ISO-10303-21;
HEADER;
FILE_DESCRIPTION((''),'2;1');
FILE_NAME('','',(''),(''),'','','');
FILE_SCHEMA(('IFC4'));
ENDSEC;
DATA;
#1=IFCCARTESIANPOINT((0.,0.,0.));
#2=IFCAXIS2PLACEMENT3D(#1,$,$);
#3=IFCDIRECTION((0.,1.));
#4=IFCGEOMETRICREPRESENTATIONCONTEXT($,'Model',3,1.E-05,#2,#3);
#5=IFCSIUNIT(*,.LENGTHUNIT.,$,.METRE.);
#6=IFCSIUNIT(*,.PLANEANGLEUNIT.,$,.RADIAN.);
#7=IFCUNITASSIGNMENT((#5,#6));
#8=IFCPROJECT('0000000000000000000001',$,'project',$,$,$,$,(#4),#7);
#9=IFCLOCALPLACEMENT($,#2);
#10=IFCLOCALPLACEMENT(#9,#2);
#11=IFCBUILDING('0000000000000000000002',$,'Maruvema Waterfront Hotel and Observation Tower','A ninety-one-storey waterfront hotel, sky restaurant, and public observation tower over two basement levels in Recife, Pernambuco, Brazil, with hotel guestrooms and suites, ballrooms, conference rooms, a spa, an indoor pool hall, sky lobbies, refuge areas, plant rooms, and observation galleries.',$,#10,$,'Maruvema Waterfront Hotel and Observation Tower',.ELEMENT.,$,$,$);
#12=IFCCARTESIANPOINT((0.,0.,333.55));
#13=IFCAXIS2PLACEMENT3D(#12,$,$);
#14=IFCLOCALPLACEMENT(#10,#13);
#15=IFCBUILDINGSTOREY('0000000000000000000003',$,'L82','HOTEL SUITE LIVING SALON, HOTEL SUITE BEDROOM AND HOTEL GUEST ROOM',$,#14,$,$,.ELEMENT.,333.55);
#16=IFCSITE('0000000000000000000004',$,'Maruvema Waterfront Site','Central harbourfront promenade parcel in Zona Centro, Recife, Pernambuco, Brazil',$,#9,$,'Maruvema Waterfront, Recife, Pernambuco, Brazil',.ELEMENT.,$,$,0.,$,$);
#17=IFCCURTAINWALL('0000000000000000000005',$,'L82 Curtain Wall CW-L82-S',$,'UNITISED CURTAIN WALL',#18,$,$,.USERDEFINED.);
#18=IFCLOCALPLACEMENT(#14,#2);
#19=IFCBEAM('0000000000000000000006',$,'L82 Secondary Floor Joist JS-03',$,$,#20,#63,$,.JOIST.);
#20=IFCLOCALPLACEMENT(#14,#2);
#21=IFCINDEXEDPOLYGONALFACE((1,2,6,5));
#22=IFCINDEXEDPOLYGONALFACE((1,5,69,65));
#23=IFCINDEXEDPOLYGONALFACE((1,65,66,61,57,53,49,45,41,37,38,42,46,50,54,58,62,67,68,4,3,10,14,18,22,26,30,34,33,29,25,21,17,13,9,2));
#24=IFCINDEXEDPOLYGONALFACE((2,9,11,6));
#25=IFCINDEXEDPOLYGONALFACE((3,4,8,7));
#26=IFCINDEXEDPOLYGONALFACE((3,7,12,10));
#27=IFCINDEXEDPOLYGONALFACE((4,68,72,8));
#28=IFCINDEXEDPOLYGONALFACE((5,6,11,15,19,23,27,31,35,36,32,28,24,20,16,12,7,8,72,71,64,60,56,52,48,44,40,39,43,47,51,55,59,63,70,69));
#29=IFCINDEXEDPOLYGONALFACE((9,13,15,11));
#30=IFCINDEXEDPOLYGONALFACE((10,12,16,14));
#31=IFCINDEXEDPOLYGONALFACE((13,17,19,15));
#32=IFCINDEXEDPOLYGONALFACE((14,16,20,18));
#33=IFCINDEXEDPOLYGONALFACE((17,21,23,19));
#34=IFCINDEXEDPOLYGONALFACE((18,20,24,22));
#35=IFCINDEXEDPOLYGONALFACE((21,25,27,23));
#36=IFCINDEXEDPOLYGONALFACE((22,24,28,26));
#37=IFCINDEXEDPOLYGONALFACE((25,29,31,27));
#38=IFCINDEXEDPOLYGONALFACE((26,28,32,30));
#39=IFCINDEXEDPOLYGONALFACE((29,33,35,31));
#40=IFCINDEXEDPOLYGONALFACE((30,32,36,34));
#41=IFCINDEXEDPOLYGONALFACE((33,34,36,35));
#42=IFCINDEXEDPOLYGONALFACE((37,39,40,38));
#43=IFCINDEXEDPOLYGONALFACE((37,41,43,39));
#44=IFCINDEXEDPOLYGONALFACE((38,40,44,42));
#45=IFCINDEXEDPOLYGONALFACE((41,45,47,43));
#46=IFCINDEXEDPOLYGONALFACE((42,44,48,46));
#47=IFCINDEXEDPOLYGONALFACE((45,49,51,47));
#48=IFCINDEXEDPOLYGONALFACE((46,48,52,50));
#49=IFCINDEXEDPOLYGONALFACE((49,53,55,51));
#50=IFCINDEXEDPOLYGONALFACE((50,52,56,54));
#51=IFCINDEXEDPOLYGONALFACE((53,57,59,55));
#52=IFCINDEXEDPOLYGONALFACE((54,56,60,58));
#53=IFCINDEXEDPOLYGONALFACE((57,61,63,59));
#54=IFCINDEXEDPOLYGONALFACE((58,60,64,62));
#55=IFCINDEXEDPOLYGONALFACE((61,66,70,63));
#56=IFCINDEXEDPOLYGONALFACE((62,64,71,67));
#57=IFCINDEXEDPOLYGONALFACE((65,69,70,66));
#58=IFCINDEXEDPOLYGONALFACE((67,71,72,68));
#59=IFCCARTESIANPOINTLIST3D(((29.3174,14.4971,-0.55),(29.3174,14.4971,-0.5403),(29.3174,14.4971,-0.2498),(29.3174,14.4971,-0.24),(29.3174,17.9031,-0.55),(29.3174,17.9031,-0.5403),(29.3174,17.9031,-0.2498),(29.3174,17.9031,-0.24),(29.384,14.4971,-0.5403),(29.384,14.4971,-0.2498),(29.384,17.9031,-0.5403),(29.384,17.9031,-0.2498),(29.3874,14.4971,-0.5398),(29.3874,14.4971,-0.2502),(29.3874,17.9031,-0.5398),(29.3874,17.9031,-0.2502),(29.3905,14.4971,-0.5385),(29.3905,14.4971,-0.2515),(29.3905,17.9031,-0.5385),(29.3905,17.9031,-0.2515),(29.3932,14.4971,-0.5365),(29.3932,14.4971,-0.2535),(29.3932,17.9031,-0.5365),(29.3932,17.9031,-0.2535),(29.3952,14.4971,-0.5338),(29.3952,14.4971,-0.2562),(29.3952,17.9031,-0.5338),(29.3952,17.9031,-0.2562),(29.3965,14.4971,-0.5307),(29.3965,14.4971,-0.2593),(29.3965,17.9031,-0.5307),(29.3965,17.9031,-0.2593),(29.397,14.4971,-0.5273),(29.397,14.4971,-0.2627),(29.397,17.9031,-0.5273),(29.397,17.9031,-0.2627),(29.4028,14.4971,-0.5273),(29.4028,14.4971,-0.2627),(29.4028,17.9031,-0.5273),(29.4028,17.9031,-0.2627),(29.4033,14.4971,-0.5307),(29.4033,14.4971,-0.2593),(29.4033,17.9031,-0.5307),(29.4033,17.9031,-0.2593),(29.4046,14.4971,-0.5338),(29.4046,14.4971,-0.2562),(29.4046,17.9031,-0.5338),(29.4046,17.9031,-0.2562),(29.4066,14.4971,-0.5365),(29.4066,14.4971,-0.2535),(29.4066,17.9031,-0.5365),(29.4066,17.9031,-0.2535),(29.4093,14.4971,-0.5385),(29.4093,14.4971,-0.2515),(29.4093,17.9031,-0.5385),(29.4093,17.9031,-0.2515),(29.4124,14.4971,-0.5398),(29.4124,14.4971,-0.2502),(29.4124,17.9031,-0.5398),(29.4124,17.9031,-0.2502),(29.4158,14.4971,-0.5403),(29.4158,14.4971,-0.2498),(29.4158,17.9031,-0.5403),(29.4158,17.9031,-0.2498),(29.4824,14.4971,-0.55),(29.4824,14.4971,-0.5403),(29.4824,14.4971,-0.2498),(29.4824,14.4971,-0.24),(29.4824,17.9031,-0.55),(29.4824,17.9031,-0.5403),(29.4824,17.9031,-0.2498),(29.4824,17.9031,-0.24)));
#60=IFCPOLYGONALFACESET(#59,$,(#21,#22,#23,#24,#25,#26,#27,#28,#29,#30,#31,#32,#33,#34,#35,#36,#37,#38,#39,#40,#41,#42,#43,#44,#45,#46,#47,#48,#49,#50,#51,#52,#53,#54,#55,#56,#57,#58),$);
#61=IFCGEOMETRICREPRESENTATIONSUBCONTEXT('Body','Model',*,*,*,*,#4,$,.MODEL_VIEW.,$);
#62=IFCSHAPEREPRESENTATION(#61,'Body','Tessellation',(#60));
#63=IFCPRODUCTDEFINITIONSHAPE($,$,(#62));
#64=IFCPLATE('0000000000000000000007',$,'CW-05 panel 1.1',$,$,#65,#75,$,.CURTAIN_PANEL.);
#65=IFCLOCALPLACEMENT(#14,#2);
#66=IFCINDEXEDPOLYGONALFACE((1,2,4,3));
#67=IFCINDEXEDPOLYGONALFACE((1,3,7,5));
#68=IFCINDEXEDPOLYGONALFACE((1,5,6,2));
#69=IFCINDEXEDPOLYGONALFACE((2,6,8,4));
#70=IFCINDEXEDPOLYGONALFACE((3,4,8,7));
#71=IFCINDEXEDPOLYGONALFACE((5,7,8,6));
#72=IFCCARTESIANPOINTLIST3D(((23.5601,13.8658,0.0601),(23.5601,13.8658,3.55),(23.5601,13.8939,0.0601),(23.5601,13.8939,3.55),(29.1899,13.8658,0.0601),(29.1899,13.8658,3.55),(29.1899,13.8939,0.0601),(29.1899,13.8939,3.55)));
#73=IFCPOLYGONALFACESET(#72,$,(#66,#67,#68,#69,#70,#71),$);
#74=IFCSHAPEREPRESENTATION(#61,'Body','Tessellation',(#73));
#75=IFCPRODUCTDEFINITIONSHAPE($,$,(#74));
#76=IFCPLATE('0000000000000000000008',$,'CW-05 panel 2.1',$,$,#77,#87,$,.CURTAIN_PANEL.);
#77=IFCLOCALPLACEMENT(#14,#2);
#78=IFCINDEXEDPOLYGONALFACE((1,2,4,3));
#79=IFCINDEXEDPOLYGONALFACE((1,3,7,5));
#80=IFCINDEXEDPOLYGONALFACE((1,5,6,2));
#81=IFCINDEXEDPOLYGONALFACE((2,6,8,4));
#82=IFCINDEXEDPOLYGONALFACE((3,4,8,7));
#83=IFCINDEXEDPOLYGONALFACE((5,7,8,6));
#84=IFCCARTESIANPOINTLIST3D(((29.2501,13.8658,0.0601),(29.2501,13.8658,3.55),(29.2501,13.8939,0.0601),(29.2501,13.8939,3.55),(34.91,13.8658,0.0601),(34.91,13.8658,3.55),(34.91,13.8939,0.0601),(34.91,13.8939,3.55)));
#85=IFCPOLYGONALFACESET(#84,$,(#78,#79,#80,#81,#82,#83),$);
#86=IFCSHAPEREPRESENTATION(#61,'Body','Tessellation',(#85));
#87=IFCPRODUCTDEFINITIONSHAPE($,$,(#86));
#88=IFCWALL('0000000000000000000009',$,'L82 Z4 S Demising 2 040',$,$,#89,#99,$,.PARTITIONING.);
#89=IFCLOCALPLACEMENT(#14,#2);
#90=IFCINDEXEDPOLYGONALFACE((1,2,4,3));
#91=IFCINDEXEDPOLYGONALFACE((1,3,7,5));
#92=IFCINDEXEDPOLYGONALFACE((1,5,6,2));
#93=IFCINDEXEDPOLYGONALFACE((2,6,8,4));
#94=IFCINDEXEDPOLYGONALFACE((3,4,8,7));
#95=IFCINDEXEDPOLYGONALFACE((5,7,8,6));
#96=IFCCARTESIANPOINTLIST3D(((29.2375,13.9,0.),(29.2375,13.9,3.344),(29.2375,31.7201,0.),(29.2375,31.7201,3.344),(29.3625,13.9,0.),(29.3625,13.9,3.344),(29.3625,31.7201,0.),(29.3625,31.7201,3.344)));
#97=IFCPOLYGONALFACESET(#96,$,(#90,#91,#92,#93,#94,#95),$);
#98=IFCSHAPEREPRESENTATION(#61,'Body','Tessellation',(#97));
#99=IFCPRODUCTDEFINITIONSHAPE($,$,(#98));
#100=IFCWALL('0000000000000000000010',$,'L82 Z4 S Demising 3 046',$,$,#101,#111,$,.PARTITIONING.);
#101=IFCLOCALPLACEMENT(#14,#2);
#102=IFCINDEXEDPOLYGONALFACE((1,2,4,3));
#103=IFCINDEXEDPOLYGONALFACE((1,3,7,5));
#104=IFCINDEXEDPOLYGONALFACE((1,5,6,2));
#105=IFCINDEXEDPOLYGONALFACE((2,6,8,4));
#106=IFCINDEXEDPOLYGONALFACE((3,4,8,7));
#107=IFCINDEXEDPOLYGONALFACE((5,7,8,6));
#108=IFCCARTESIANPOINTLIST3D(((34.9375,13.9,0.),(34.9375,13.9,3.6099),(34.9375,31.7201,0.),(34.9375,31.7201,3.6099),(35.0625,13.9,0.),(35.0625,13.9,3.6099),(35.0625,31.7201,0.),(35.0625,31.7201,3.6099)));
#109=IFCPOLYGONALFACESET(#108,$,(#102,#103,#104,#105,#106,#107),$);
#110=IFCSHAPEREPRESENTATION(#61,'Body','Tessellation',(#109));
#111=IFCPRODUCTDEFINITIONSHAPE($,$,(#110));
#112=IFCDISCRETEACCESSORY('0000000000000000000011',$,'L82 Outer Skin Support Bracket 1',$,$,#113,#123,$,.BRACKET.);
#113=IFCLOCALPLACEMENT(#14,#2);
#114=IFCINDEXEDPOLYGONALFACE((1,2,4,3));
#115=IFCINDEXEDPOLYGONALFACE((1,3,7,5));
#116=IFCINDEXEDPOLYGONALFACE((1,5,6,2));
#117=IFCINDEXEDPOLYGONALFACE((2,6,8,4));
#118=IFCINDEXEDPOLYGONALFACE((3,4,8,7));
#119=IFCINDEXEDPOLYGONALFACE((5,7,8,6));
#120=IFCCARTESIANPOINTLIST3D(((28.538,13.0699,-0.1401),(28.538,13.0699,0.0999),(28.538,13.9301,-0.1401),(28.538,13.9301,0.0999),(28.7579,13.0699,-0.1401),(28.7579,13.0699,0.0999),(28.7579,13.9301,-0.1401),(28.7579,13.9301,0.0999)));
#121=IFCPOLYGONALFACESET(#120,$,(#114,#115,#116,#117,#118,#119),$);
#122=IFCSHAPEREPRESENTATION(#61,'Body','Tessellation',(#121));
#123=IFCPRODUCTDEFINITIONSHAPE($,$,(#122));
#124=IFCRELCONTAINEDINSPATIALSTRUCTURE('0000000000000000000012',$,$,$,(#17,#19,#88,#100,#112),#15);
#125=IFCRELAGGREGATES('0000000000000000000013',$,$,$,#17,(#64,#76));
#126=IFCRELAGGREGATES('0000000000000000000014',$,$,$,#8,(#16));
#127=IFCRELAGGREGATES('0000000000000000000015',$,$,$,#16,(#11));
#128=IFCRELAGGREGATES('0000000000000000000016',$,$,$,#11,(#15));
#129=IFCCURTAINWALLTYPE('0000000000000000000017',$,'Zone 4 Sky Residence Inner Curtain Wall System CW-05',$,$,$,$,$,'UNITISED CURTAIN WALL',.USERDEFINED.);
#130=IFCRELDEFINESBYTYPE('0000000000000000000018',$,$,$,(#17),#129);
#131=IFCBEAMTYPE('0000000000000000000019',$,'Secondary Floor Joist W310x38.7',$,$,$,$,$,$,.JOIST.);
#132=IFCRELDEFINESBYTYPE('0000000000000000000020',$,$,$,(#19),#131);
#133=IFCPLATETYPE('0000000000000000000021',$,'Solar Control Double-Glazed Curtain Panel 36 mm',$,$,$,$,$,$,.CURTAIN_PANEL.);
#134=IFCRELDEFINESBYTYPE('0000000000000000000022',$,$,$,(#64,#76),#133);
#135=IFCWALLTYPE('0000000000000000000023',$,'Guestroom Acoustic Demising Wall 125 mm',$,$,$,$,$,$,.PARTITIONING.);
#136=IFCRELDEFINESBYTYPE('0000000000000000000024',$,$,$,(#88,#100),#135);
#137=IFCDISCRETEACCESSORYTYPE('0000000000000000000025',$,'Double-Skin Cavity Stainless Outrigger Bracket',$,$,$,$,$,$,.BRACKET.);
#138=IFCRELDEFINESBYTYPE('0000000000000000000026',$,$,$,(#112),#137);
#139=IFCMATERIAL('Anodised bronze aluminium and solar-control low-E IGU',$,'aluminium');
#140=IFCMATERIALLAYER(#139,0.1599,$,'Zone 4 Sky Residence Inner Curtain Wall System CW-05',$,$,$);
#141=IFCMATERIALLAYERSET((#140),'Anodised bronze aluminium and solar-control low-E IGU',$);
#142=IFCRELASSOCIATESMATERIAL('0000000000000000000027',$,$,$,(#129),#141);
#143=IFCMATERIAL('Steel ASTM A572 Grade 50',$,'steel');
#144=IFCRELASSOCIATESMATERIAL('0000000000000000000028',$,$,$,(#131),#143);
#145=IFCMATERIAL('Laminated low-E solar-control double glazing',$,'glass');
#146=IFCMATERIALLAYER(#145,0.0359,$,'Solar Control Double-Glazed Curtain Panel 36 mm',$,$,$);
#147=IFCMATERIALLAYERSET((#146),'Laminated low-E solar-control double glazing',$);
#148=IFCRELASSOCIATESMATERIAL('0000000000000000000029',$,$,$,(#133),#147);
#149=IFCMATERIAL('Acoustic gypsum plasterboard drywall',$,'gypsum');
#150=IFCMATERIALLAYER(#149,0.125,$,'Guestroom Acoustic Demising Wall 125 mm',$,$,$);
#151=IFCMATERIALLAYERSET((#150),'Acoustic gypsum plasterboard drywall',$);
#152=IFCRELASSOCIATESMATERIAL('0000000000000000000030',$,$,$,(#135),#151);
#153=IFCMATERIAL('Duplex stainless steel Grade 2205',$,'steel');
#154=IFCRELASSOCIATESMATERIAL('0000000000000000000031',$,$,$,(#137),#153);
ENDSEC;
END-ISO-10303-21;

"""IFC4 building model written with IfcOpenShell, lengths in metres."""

from ifc_helpers import new_model, si_unit, direction, frame, frame_2d, origin, origin_2d, place, context, subcontext, project, spatial, rectangle, i_section, extrude, material, layer, layer_set, material_profile, profile_set, type_object, element, aggregate, save


model = new_model("IFC4")

# Units and contexts
model_context = context("Model", 3, precision=1e-05, world=origin(), true_north=direction((0.0, 1.0)))
body_context = subcontext(model_context, "Body", "Model", "MODEL_VIEW")
ifc_project = project(units=[si_unit("LENGTHUNIT", "METRE"), si_unit("PLANEANGLEUNIT", "RADIAN")], contexts=[model_context])

# Site, building, storey
site_placement = place(None, origin())
site = spatial("IfcSite", under=ifc_project, at=site_placement, Name="Maruvema Waterfront Site", Description="Central harbourfront promenade parcel in Zona Centro, Recife, Pernambuco, Brazil", LongName="Maruvema Waterfront, Recife, Pernambuco, Brazil", CompositionType="ELEMENT", RefElevation=0.0)
building_placement = place(site_placement, origin())
building = spatial("IfcBuilding", under=site, at=building_placement, Name="Maruvema Waterfront Hotel and Observation Tower", Description="A ninety-one-storey waterfront hotel, sky restaurant, and public observation tower over two basement levels in Recife, Pernambuco, Brazil, with hotel guestrooms and suites, ballrooms, conference rooms, a spa, an indoor pool hall, sky lobbies, refuge areas, plant rooms, and observation galleries.", LongName="Maruvema Waterfront Hotel and Observation Tower", CompositionType="ELEMENT")
storey_placement = place(building_placement, frame((0.0, 0.0, 333.55)))
storey = spatial("IfcBuildingStorey", under=building, at=storey_placement, Name="L82", Description="HOTEL SUITE LIVING SALON, HOTEL SUITE BEDROOM AND HOTEL GUEST ROOM", CompositionType="ELEMENT", Elevation=333.55)

# Curtain wall
ifc_material_1 = material(Name="Anodised bronze aluminium and solar-control low-E IGU", Category="aluminium")
ifc_layer_1 = layer(ifc_material_1, 0.1599, Name="Zone 4 Sky Residence Inner Curtain Wall System CW-05")
ifc_layer_set_1 = layer_set([ifc_layer_1], Name="Anodised bronze aluminium and solar-control low-E IGU")
curtain_wall_type = type_object("IfcCurtainWallType", Name="Zone 4 Sky Residence Inner Curtain Wall System CW-05", ElementType="UNITISED CURTAIN WALL", PredefinedType="USERDEFINED", material=ifc_layer_set_1)
curtain_wall_placement = place(storey_placement, origin())
curtain_wall = element("IfcCurtainWall", 1, at=curtain_wall_placement, inside=storey, type_object=curtain_wall_type, Name="L82 Curtain Wall CW-L82-S", ObjectType="UNITISED CURTAIN WALL", PredefinedType="USERDEFINED")

# Beam
ifc_material_2 = material(Name="Steel ASTM A572 Grade 50", Category="steel")
ifc_material_profile_1 = material_profile(ifc_material_2, i_section(OverallWidth=0.165, OverallDepth=0.3101, WebThickness=0.0059, FlangeThickness=0.0098, FilletRadius=0.0129, at=origin_2d()), Name="W310x38.7")
ifc_profile_set_1 = profile_set([ifc_material_profile_1], Name="Steel ASTM A572 Grade 50")
beam_type_1 = type_object("IfcBeamType", Name="Secondary Floor Joist W310x38.7", PredefinedType="JOIST", material=ifc_profile_set_1)
beam_1_placement = place(storey_placement, frame((29.3999, 14.4971, -0.395), z_axis=(0.0, 1.0, 0.0), x_axis=(-1.0, 0.0, 0.0)))
element("IfcBeam", 2, at=beam_1_placement, inside=storey, type_object=beam_type_1, Name="L82 Secondary Floor Joist JS-03", PredefinedType="JOIST", context=body_context, shape_type="SweptSolid", body=[
    extrude(i_section(OverallWidth=0.165, OverallDepth=0.3101, WebThickness=0.0059, FlangeThickness=0.0098, FilletRadius=0.0129, at=origin_2d()), origin(), (0.0, 0.0, 1.0), 3.406),
])

# Plates
ifc_material_3 = material(Name="Laminated low-E solar-control double glazing", Category="glass")
ifc_layer_2 = layer(ifc_material_3, 0.0359, Name="Solar Control Double-Glazed Curtain Panel 36 mm")
ifc_layer_set_2 = layer_set([ifc_layer_2], Name="Laminated low-E solar-control double glazing")
plate_type = type_object("IfcPlateType", Name="Solar Control Double-Glazed Curtain Panel 36 mm", PredefinedType="CURTAIN_PANEL", material=ifc_layer_set_2)
plate_1_placement = place(storey_placement, frame((26.375, 13.8799, 0.0601), z_axis=(0.0, 0.0, 1.0), x_axis=(1.0, 0.0, 0.0)))
plate_1 = element("IfcPlate", 3, at=plate_1_placement, type_object=plate_type, Name="CW-05 panel 1.1", PredefinedType="CURTAIN_PANEL", context=body_context, shape_type="SweptSolid", body=[
    extrude(rectangle(XDim=5.6299, YDim=0.0281, at=origin_2d()), origin(), (0.0, 0.0, 1.0), 3.49),
])
plate_2_placement = place(storey_placement, frame((32.0801, 13.8799, 0.0601), z_axis=(0.0, 0.0, 1.0), x_axis=(1.0, 0.0, 0.0)))
plate_2 = element("IfcPlate", 4, at=plate_2_placement, type_object=plate_type, Name="CW-05 panel 2.1", PredefinedType="CURTAIN_PANEL", context=body_context, shape_type="SweptSolid", body=[
    extrude(rectangle(XDim=5.6599, YDim=0.0281, at=origin_2d()), origin(), (0.0, 0.0, 1.0), 3.49),
])
aggregate(curtain_wall, [plate_1, plate_2])

# Walls
ifc_material_4 = material(Name="Acoustic gypsum plasterboard drywall", Category="gypsum")
ifc_layer_3 = layer(ifc_material_4, 0.125, Name="Guestroom Acoustic Demising Wall 125 mm")
ifc_layer_set_3 = layer_set([ifc_layer_3], Name="Acoustic gypsum plasterboard drywall")
wall_type = type_object("IfcWallType", Name="Guestroom Acoustic Demising Wall 125 mm", PredefinedType="PARTITIONING", material=ifc_layer_set_3)
wall_1_placement = place(storey_placement, frame((29.3, 13.8999, 0.0), z_axis=(0.0, 0.0, 1.0), x_axis=(0.0, 1.0, 0.0)))
element("IfcWall", 5, at=wall_1_placement, inside=storey, type_object=wall_type, Name="L82 Z4 S Demising 2 040", PredefinedType="PARTITIONING", context=body_context, shape_type="SweptSolid", body=[
    extrude(rectangle(XDim=17.8201, YDim=0.125, at=frame_2d((8.9102, 0.0))), origin(), (0.0, 0.0, 1.0), 3.344),
])
wall_2_placement = place(storey_placement, frame((35.0, 13.8999, 0.0), z_axis=(0.0, 0.0, 1.0), x_axis=(0.0, 1.0, 0.0)))
element("IfcWall", 6, at=wall_2_placement, inside=storey, type_object=wall_type, Name="L82 Z4 S Demising 3 046", PredefinedType="PARTITIONING", context=body_context, shape_type="SweptSolid", body=[
    extrude(rectangle(XDim=17.8201, YDim=0.125, at=frame_2d((8.9102, 0.0))), origin(), (0.0, 0.0, 1.0), 3.6099),
])

# Discrete accessory
ifc_material_5 = material(Name="Duplex stainless steel Grade 2205", Category="steel")
discrete_accessory_type = type_object("IfcDiscreteAccessoryType", Name="Double-Skin Cavity Stainless Outrigger Bracket", PredefinedType="BRACKET", material=ifc_material_5)
discrete_accessory_placement = place(storey_placement, frame((28.6479, 13.5, -0.1401), z_axis=(0.0, 0.0, 1.0), x_axis=(1.0, 0.0, 0.0)))
element("IfcDiscreteAccessory", 7, at=discrete_accessory_placement, inside=storey, type_object=discrete_accessory_type, Name="L82 Outer Skin Support Bracket 1", PredefinedType="BRACKET", context=body_context, shape_type="SweptSolid", body=[
    extrude(rectangle(XDim=0.22, YDim=0.8601, at=origin_2d()), origin(), (0.0, 0.0, 1.0), 0.24),
])

save(model, "model.ifc")
